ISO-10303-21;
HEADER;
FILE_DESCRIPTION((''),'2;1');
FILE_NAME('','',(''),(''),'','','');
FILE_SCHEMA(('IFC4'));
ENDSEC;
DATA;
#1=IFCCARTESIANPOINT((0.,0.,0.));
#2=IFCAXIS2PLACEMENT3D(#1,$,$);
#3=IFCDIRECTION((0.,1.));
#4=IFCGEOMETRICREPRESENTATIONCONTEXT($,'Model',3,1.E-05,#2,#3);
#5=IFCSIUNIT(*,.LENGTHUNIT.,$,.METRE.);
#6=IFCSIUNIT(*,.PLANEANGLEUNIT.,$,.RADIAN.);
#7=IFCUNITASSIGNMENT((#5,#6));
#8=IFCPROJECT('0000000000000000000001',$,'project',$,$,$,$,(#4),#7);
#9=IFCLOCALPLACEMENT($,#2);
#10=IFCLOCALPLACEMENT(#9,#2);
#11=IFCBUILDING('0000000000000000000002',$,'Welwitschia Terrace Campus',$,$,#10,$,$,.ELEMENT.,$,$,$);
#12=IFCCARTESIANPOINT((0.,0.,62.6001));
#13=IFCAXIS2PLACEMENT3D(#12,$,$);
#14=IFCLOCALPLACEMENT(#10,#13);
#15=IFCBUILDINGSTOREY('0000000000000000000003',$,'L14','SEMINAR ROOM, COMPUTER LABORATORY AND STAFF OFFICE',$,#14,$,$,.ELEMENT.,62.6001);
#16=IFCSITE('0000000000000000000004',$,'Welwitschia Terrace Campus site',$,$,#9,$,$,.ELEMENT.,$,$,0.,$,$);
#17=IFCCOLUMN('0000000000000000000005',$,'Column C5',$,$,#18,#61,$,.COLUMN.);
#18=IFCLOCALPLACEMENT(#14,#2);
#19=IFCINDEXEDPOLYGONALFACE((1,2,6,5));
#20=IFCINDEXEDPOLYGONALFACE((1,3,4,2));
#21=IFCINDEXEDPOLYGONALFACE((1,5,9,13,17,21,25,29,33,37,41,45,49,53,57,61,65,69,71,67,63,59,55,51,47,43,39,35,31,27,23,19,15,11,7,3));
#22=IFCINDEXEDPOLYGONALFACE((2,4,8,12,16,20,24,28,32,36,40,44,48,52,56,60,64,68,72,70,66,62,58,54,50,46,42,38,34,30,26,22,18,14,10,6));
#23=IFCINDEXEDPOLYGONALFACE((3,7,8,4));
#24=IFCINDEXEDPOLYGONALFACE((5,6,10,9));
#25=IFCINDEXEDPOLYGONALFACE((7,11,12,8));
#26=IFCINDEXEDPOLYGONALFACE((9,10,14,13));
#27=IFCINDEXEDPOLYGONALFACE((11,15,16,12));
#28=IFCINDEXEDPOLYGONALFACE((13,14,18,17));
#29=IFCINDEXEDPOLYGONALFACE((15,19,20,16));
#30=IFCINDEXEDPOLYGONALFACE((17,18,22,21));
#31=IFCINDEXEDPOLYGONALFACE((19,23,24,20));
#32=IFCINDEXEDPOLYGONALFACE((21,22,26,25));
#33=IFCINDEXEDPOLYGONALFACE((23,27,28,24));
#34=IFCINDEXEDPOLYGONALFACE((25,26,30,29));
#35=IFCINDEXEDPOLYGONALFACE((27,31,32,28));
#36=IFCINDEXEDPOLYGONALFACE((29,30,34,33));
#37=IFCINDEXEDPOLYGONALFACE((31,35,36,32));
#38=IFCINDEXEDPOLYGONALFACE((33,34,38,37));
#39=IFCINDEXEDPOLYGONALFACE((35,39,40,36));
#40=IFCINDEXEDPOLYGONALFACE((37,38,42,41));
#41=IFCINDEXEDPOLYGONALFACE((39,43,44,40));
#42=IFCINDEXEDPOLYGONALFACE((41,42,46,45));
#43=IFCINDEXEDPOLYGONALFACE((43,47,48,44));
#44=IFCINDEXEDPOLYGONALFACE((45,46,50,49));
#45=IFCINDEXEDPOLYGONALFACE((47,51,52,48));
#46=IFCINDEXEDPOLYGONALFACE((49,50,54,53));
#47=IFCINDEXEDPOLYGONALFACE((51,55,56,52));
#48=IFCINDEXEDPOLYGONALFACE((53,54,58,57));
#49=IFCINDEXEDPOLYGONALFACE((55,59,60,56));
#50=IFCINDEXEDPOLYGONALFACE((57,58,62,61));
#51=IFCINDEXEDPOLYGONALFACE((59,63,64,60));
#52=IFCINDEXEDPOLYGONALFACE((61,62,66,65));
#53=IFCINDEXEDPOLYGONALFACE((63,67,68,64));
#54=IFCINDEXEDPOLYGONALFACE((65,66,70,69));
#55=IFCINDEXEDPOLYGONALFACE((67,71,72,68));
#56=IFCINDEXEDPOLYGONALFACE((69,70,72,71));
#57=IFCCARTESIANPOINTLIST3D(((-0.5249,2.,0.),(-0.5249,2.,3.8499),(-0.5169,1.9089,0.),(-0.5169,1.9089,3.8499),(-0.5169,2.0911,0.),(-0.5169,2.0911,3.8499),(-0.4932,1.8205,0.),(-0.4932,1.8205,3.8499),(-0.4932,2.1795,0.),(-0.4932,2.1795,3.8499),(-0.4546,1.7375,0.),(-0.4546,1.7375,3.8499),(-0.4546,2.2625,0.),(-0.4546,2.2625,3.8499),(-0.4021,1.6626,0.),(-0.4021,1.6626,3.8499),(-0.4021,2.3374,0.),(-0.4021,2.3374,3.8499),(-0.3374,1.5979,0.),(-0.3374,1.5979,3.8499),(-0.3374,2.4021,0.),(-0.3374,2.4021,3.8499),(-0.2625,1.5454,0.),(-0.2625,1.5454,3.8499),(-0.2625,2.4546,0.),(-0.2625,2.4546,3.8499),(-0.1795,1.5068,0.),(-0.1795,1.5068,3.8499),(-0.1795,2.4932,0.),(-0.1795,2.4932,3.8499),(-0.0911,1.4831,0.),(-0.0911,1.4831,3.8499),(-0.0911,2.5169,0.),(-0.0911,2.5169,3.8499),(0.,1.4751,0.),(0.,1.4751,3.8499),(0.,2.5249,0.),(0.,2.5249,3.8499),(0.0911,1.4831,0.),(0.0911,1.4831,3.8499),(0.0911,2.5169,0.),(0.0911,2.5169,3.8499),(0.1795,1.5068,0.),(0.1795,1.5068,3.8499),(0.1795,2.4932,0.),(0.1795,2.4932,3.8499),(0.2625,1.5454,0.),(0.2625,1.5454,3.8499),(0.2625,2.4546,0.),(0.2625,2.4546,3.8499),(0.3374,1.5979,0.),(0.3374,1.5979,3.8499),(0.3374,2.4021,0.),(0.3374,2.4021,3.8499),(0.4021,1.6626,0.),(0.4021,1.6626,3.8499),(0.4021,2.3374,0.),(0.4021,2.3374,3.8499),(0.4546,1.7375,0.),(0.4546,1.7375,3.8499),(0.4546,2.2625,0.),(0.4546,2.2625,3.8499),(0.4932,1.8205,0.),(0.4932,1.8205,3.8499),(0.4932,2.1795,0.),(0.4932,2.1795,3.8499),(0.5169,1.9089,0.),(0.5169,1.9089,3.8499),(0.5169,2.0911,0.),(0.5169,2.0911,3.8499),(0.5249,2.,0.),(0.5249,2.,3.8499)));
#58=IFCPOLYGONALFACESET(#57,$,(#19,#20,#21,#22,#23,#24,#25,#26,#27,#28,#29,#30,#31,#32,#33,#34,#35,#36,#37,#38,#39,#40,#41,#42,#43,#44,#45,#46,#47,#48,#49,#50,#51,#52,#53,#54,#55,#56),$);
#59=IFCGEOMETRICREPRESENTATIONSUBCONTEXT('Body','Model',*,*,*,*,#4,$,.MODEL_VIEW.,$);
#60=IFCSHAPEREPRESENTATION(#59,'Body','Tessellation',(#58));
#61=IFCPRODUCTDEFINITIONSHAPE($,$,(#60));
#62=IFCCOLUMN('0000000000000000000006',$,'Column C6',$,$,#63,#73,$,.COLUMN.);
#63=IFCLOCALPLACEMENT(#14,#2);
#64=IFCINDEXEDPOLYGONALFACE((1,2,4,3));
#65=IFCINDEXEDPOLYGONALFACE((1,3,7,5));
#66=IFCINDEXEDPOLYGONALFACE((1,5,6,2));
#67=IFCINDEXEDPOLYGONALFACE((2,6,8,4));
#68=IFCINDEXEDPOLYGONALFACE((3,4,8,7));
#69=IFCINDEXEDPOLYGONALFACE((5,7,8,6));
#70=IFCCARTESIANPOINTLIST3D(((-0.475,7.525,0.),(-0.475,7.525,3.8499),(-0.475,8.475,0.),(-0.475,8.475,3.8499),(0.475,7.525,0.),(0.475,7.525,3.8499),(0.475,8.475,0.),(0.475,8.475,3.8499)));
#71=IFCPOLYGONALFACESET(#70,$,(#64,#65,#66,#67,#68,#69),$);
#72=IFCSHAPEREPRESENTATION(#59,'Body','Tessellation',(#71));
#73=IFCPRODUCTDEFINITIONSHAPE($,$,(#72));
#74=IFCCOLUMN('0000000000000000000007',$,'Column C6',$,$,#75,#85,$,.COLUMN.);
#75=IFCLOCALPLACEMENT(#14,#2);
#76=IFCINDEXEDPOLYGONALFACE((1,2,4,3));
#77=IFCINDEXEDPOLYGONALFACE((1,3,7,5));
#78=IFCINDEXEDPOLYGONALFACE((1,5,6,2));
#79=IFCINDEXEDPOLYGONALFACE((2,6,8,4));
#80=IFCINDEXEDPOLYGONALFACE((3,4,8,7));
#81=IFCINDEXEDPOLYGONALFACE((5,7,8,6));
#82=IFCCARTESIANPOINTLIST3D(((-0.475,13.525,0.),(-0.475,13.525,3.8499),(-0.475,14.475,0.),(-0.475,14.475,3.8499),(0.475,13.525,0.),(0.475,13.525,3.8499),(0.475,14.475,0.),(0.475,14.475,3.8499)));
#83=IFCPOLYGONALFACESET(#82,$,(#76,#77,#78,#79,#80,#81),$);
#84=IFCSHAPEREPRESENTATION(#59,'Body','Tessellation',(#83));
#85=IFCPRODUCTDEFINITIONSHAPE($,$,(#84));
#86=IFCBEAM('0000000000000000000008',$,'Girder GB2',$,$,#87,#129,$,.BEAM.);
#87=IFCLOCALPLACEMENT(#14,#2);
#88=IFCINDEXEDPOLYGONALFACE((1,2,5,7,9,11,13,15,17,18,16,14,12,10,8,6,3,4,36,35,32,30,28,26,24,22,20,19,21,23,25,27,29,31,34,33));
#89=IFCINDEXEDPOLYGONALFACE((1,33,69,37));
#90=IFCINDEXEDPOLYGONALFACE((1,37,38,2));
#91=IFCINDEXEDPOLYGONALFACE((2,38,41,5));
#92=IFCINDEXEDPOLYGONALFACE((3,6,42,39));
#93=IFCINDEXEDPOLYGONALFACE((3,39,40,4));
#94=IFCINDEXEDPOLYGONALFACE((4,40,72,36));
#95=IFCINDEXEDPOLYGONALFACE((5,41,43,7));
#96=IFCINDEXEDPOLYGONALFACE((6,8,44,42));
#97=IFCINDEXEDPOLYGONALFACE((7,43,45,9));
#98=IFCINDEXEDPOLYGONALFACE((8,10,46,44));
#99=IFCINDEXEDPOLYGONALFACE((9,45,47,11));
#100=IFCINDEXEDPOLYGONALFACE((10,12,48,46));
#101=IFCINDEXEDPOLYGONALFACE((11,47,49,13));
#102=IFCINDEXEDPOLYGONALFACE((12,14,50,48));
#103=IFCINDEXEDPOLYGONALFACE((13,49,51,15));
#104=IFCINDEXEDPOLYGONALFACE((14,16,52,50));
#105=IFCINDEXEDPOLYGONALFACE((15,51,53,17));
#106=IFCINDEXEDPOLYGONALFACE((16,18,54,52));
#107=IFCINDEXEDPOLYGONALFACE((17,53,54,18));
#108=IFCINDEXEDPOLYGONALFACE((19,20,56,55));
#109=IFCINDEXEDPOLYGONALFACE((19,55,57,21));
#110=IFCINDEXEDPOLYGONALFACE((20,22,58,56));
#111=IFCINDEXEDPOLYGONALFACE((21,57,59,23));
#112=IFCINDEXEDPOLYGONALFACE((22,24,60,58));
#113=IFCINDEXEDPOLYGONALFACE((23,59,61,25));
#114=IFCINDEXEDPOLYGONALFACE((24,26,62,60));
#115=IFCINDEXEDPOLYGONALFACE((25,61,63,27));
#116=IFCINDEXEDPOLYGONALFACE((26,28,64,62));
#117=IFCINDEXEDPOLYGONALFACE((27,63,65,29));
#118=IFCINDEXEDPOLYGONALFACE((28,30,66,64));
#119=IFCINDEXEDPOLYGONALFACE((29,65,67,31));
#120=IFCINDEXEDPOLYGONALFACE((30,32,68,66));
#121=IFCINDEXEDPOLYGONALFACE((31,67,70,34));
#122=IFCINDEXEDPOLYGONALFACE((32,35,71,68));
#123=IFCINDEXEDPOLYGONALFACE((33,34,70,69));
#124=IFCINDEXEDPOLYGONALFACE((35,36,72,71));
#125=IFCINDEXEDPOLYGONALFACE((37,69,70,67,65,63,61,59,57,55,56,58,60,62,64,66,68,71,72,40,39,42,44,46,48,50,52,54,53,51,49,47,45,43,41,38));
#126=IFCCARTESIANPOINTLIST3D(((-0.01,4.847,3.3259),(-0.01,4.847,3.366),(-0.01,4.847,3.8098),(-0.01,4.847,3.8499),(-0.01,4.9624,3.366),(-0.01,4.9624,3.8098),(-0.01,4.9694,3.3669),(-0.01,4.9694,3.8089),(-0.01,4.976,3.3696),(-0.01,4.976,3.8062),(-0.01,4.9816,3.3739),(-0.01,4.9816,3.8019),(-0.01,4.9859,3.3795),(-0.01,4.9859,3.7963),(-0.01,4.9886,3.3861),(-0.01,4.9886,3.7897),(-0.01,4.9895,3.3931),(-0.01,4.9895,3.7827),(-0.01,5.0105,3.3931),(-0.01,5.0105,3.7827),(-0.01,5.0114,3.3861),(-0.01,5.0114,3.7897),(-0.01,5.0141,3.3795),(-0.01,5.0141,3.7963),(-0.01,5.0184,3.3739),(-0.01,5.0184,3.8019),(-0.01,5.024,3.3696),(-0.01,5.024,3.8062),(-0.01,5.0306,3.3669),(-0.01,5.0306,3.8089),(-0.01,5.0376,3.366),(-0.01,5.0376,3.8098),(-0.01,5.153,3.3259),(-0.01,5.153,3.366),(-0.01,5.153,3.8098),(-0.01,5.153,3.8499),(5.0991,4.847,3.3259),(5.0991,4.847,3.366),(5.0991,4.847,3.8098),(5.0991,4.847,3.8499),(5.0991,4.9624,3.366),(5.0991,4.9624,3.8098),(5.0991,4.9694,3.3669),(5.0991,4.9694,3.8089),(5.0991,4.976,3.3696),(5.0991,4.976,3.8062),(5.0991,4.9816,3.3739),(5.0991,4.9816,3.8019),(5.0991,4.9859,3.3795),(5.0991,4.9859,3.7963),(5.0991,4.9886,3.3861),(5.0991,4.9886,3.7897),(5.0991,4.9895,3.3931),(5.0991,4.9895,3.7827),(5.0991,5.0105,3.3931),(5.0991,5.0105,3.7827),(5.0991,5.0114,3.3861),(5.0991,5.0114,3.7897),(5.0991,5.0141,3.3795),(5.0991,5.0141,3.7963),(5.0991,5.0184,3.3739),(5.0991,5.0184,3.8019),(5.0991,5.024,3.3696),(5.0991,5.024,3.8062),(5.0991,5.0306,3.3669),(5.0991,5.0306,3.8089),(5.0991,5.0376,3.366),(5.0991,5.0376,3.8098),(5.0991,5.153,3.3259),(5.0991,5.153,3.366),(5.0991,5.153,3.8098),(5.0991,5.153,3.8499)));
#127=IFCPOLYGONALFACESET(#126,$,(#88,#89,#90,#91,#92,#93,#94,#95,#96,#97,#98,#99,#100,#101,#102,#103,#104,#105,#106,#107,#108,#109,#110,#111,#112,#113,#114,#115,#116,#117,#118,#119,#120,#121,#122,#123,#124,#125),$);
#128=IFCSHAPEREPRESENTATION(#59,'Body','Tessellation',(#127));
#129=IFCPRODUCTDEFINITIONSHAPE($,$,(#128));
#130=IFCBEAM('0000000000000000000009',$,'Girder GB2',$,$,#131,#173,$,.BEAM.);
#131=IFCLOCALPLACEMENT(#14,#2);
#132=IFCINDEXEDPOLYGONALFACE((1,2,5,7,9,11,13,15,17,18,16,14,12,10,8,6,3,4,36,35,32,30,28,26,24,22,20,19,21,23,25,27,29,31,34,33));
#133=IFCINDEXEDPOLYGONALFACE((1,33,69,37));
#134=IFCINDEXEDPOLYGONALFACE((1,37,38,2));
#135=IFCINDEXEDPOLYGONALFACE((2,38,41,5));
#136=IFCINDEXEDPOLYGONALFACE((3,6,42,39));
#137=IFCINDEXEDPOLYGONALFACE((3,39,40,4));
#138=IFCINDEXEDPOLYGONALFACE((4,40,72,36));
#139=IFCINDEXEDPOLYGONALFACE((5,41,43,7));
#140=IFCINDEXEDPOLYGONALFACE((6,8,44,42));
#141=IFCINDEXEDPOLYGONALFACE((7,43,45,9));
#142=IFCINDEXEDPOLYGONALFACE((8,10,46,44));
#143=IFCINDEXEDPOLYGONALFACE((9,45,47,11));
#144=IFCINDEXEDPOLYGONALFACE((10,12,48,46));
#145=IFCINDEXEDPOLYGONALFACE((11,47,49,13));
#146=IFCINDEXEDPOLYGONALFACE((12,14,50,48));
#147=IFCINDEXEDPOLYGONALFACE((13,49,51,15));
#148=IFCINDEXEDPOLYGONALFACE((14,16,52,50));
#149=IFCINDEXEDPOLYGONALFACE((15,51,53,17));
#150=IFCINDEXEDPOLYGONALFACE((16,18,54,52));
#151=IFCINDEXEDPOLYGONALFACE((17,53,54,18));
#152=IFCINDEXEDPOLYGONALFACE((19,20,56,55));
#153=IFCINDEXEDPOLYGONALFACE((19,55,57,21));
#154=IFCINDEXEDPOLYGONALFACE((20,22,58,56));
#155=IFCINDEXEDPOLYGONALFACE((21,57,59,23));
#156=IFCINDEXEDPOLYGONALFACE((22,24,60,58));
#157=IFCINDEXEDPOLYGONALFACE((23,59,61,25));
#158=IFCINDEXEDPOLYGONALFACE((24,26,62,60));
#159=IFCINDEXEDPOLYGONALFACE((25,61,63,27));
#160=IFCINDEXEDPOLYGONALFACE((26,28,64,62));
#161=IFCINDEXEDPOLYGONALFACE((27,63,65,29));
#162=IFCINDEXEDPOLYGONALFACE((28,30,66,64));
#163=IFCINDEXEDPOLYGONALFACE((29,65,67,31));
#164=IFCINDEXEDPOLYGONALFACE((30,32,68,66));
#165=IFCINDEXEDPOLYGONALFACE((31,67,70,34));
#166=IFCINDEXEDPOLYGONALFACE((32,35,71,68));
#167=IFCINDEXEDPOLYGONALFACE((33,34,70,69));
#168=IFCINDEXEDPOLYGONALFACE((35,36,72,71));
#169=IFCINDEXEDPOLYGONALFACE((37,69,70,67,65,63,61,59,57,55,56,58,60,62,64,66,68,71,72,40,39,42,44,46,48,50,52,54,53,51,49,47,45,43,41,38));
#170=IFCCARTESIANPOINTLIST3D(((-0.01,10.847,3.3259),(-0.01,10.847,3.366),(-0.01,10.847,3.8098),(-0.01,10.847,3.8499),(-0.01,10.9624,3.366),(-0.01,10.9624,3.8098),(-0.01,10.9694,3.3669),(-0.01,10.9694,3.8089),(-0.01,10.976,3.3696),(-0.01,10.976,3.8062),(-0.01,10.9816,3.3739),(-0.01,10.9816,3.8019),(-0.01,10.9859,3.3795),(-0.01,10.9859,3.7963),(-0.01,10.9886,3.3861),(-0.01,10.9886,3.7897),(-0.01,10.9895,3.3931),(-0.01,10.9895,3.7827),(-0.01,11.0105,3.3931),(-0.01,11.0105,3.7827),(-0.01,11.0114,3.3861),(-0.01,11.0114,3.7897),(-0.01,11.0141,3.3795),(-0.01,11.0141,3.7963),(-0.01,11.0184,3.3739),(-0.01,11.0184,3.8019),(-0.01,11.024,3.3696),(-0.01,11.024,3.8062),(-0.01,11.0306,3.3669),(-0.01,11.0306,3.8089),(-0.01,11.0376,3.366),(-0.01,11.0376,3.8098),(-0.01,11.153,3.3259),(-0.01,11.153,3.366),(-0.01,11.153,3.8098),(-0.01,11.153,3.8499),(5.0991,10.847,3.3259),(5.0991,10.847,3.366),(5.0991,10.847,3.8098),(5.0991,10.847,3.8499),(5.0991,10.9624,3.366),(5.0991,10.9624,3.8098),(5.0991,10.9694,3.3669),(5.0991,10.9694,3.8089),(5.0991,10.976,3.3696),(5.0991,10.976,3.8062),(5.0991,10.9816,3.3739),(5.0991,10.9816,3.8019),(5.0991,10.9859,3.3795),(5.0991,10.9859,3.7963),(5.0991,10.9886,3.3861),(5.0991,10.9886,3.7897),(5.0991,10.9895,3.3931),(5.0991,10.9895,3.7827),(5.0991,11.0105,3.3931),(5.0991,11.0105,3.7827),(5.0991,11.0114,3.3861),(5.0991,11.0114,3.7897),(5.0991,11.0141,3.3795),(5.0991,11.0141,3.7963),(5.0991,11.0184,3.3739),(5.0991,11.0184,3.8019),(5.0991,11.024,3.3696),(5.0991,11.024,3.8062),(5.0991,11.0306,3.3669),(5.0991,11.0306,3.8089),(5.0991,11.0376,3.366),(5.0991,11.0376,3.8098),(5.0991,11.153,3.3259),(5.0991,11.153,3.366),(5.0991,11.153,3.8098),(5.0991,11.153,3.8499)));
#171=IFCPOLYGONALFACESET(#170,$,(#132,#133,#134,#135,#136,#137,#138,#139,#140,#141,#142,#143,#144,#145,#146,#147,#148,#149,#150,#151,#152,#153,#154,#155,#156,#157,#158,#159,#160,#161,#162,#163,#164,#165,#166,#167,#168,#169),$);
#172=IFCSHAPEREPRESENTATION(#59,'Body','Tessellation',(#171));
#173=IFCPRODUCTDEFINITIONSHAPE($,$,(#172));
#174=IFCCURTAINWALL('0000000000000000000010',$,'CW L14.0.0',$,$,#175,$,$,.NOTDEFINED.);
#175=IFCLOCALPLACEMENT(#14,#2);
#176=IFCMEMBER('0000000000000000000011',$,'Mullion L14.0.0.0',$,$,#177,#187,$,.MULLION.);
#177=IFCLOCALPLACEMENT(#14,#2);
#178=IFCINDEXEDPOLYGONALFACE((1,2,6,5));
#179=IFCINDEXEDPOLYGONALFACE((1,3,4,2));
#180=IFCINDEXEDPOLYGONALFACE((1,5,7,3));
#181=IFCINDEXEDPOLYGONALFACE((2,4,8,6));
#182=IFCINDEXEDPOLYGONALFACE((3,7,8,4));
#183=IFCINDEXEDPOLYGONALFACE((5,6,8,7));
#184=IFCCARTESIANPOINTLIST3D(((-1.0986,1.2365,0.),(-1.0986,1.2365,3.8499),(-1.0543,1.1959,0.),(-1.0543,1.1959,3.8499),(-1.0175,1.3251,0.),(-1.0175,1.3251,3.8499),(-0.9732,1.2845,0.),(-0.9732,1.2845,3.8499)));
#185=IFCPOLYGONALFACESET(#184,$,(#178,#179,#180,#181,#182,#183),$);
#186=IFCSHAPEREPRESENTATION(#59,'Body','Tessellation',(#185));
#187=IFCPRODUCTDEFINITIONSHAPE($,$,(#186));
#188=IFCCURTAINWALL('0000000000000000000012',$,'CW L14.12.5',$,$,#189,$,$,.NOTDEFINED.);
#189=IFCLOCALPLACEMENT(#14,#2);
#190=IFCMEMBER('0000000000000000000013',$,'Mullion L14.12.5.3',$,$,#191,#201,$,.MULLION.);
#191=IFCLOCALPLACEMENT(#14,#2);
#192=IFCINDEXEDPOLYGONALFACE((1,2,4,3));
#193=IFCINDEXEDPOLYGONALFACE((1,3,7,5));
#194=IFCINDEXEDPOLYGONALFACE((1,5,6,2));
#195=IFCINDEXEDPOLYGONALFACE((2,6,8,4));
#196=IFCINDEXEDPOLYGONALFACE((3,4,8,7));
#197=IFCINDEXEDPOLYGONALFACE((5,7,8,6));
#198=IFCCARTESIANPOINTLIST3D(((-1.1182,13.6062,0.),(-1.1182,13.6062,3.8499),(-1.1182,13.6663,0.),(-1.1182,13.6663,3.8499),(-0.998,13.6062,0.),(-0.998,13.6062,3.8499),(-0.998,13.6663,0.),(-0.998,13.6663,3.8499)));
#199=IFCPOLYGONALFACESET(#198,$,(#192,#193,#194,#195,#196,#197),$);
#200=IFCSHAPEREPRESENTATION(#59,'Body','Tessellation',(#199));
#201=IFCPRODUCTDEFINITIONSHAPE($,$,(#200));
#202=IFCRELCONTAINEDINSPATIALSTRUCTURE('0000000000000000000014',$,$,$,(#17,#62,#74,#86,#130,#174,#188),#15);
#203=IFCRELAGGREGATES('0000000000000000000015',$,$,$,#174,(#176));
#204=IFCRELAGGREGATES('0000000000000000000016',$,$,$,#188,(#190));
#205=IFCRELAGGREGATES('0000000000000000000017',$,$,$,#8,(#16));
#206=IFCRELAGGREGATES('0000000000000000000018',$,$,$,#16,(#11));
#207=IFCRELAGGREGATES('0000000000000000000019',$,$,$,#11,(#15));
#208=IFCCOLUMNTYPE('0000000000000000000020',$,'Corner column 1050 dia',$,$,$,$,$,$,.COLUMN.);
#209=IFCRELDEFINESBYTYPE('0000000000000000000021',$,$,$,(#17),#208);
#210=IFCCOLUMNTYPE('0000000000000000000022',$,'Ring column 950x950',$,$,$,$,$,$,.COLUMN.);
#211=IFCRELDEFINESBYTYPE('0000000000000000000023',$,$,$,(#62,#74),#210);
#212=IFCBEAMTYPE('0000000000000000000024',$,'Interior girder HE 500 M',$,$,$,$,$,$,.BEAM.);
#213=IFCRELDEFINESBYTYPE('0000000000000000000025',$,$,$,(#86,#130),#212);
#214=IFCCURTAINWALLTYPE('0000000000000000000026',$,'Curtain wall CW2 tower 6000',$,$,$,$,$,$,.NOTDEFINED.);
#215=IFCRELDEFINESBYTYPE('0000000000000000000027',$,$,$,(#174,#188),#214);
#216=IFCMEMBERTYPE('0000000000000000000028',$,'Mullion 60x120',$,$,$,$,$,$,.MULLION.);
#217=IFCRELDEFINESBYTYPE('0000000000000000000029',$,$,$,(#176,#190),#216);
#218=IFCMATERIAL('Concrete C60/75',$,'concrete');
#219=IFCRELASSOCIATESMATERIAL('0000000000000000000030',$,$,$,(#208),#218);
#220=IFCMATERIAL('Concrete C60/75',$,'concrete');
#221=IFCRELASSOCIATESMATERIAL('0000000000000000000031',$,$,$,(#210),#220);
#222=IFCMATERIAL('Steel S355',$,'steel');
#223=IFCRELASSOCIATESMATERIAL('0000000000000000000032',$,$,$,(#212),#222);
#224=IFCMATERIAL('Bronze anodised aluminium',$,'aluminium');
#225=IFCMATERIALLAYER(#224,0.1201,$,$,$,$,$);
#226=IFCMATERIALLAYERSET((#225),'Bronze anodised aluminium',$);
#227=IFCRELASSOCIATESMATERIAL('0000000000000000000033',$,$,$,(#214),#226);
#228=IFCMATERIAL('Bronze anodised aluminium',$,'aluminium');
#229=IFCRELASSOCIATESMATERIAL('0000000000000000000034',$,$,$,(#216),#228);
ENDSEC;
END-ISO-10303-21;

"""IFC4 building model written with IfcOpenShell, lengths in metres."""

from ifc_helpers import new_model, si_unit, direction, frame, origin, origin_2d, place, context, subcontext, project, spatial, rectangle, circle, i_section, extrude, material, layer, layer_set, material_profile, profile_set, type_object, element, aggregate, save


model = new_model("IFC4")

# Units and contexts
model_context = context("Model", 3, precision=1e-05, world=origin(), true_north=direction((0.0, 1.0)))
body_context = subcontext(model_context, "Body", "Model", "MODEL_VIEW")
ifc_project = project(units=[si_unit("LENGTHUNIT", "METRE"), si_unit("PLANEANGLEUNIT", "RADIAN")], contexts=[model_context])

# Site, building, storey
site_placement = place(None, origin())
site = spatial("IfcSite", under=ifc_project, at=site_placement, Name="Welwitschia Terrace Campus site", CompositionType="ELEMENT", RefElevation=0.0)
building_placement = place(site_placement, origin())
building = spatial("IfcBuilding", under=site, at=building_placement, Name="Welwitschia Terrace Campus", CompositionType="ELEMENT")
storey_placement = place(building_placement, frame((0.0, 0.0, 62.6001)))
storey = spatial("IfcBuildingStorey", under=building, at=storey_placement, Name="L14", Description="SEMINAR ROOM, COMPUTER LABORATORY AND STAFF OFFICE", CompositionType="ELEMENT", Elevation=62.6001)

# Columns
ifc_material_1 = material(Name="Concrete C60/75", Category="concrete")
ifc_material_profile_1 = material_profile(ifc_material_1, circle(Radius=0.5249, at=origin_2d()))
ifc_profile_set_1 = profile_set([ifc_material_profile_1], Name="Concrete C60/75")
column_type_1 = type_object("IfcColumnType", Name="Corner column 1050 dia", PredefinedType="COLUMN", material=ifc_profile_set_1)
column_placement = place(storey_placement, frame((0.0, 2.0, 0.0), z_axis=(0.0, 0.0, 1.0), x_axis=(1.0, 0.0, 0.0)))
element("IfcColumn", 1, at=column_placement, inside=storey, type_object=column_type_1, Name="Column C5", PredefinedType="COLUMN", context=body_context, shape_type="SweptSolid", body=[
    extrude(circle(Radius=0.5249, at=origin_2d()), origin(), (0.0, 0.0, 1.0), 3.8499),
])
ifc_material_2 = material(Name="Concrete C60/75", Category="concrete")
ifc_material_profile_2 = material_profile(ifc_material_2, rectangle(XDim=0.95, YDim=0.95, at=origin_2d()))
ifc_profile_set_2 = profile_set([ifc_material_profile_2], Name="Concrete C60/75")
column_type_2 = type_object("IfcColumnType", Name="Ring column 950x950", PredefinedType="COLUMN", material=ifc_profile_set_2)
for number, where, z_axis, x_axis, name in (
    (2, (0.0, 8.0, 0.0), (0.0, 0.0, 1.0), (1.0, 0.0, 0.0), "Column C6"),
    (3, (0.0, 14.0, 0.0), (0.0, 0.0, 1.0), (1.0, 0.0, 0.0), "Column C6"),
):
    element("IfcColumn", number, at=place(storey_placement, frame(where, z_axis=z_axis, x_axis=x_axis)), inside=storey, type_object=column_type_2, Name=name, PredefinedType="COLUMN", context=body_context, shape_type="SweptSolid", body=[
        extrude(rectangle(XDim=0.95, YDim=0.95, at=origin_2d()), origin(), (0.0, 0.0, 1.0), 3.8499),
    ])

# Beams
ifc_material_3 = material(Name="Steel S355", Category="steel")
ifc_material_profile_3 = material_profile(ifc_material_3, i_section(OverallWidth=0.3059, OverallDepth=0.5239, WebThickness=0.021, FlangeThickness=0.04, FilletRadius=0.0271, at=origin_2d()))
ifc_profile_set_3 = profile_set([ifc_material_profile_3], Name="Steel S355")
beam_type_1 = type_object("IfcBeamType", Name="Interior girder HE 500 M", PredefinedType="BEAM", material=ifc_profile_set_3)
for number, where, z_axis, x_axis, name in (
    (4, (-0.01, 5.0, 3.5879), (1.0, 0.0, 0.0), (0.0, 1.0, 0.0), "Girder GB2"),
    (5, (-0.01, 11.0, 3.5879), (1.0, 0.0, 0.0), (0.0, 1.0, 0.0), "Girder GB2"),
):
    element("IfcBeam", number, at=place(storey_placement, frame(where, z_axis=z_axis, x_axis=x_axis)), inside=storey, type_object=beam_type_1, Name=name, PredefinedType="BEAM", context=body_context, shape_type="SweptSolid", body=[
        extrude(i_section(OverallWidth=0.3059, OverallDepth=0.5239, WebThickness=0.021, FlangeThickness=0.04, FilletRadius=0.0271, at=origin_2d()), origin(), (0.0, 0.0, 1.0), 5.1091),
    ])

# Curtain wall, member
ifc_material_4 = material(Name="Bronze anodised aluminium", Category="aluminium")
ifc_layer_1 = layer(ifc_material_4, 0.1201)
ifc_layer_set_1 = layer_set([ifc_layer_1], Name="Bronze anodised aluminium")
curtain_wall_type = type_object("IfcCurtainWallType", Name="Curtain wall CW2 tower 6000", PredefinedType="NOTDEFINED", material=ifc_layer_set_1)
curtain_wall_1_placement = place(storey_placement, origin())
curtain_wall_1 = element("IfcCurtainWall", 6, at=curtain_wall_1_placement, inside=storey, type_object=curtain_wall_type, Name="CW L14.0.0", PredefinedType="NOTDEFINED")
ifc_material_5 = material(Name="Bronze anodised aluminium", Category="aluminium")
ifc_material_profile_4 = material_profile(ifc_material_5, rectangle(XDim=0.1201, YDim=0.0601, at=origin_2d()))
ifc_profile_set_4 = profile_set([ifc_material_profile_4], Name="Bronze anodised aluminium")
member_type_1 = type_object("IfcMemberType", Name="Mullion 60x120", PredefinedType="MULLION", material=ifc_profile_set_4)
member_1_placement = place(storey_placement, frame((-1.0359, 1.2605, 0.0), z_axis=(0.0, 0.0, 1.0), x_axis=(0.67559, 0.737277, 0.0)))
member_1 = element("IfcMember", 7, at=member_1_placement, type_object=member_type_1, Name="Mullion L14.0.0.0", PredefinedType="MULLION", context=body_context, shape_type="SweptSolid", body=[
    extrude(rectangle(XDim=0.1201, YDim=0.0601, at=origin_2d()), origin(), (0.0, 0.0, 1.0), 3.8499),
])

# Curtain wall, member
curtain_wall_2_placement = place(storey_placement, origin())
curtain_wall_2 = element("IfcCurtainWall", 8, at=curtain_wall_2_placement, inside=storey, type_object=curtain_wall_type, Name="CW L14.12.5", PredefinedType="NOTDEFINED")
member_2_placement = place(storey_placement, frame((-1.0581, 13.6362, 0.0), z_axis=(0.0, 0.0, 1.0), x_axis=(1.0, 0.0, 0.0)))
member_2 = element("IfcMember", 9, at=member_2_placement, type_object=member_type_1, Name="Mullion L14.12.5.3", PredefinedType="MULLION", context=body_context, shape_type="SweptSolid", body=[
    extrude(rectangle(XDim=0.1201, YDim=0.0601, at=origin_2d()), origin(), (0.0, 0.0, 1.0), 3.8499),
])

aggregate(curtain_wall_1, [member_1])

aggregate(curtain_wall_2, [member_2])

save(model, "model.ifc")
